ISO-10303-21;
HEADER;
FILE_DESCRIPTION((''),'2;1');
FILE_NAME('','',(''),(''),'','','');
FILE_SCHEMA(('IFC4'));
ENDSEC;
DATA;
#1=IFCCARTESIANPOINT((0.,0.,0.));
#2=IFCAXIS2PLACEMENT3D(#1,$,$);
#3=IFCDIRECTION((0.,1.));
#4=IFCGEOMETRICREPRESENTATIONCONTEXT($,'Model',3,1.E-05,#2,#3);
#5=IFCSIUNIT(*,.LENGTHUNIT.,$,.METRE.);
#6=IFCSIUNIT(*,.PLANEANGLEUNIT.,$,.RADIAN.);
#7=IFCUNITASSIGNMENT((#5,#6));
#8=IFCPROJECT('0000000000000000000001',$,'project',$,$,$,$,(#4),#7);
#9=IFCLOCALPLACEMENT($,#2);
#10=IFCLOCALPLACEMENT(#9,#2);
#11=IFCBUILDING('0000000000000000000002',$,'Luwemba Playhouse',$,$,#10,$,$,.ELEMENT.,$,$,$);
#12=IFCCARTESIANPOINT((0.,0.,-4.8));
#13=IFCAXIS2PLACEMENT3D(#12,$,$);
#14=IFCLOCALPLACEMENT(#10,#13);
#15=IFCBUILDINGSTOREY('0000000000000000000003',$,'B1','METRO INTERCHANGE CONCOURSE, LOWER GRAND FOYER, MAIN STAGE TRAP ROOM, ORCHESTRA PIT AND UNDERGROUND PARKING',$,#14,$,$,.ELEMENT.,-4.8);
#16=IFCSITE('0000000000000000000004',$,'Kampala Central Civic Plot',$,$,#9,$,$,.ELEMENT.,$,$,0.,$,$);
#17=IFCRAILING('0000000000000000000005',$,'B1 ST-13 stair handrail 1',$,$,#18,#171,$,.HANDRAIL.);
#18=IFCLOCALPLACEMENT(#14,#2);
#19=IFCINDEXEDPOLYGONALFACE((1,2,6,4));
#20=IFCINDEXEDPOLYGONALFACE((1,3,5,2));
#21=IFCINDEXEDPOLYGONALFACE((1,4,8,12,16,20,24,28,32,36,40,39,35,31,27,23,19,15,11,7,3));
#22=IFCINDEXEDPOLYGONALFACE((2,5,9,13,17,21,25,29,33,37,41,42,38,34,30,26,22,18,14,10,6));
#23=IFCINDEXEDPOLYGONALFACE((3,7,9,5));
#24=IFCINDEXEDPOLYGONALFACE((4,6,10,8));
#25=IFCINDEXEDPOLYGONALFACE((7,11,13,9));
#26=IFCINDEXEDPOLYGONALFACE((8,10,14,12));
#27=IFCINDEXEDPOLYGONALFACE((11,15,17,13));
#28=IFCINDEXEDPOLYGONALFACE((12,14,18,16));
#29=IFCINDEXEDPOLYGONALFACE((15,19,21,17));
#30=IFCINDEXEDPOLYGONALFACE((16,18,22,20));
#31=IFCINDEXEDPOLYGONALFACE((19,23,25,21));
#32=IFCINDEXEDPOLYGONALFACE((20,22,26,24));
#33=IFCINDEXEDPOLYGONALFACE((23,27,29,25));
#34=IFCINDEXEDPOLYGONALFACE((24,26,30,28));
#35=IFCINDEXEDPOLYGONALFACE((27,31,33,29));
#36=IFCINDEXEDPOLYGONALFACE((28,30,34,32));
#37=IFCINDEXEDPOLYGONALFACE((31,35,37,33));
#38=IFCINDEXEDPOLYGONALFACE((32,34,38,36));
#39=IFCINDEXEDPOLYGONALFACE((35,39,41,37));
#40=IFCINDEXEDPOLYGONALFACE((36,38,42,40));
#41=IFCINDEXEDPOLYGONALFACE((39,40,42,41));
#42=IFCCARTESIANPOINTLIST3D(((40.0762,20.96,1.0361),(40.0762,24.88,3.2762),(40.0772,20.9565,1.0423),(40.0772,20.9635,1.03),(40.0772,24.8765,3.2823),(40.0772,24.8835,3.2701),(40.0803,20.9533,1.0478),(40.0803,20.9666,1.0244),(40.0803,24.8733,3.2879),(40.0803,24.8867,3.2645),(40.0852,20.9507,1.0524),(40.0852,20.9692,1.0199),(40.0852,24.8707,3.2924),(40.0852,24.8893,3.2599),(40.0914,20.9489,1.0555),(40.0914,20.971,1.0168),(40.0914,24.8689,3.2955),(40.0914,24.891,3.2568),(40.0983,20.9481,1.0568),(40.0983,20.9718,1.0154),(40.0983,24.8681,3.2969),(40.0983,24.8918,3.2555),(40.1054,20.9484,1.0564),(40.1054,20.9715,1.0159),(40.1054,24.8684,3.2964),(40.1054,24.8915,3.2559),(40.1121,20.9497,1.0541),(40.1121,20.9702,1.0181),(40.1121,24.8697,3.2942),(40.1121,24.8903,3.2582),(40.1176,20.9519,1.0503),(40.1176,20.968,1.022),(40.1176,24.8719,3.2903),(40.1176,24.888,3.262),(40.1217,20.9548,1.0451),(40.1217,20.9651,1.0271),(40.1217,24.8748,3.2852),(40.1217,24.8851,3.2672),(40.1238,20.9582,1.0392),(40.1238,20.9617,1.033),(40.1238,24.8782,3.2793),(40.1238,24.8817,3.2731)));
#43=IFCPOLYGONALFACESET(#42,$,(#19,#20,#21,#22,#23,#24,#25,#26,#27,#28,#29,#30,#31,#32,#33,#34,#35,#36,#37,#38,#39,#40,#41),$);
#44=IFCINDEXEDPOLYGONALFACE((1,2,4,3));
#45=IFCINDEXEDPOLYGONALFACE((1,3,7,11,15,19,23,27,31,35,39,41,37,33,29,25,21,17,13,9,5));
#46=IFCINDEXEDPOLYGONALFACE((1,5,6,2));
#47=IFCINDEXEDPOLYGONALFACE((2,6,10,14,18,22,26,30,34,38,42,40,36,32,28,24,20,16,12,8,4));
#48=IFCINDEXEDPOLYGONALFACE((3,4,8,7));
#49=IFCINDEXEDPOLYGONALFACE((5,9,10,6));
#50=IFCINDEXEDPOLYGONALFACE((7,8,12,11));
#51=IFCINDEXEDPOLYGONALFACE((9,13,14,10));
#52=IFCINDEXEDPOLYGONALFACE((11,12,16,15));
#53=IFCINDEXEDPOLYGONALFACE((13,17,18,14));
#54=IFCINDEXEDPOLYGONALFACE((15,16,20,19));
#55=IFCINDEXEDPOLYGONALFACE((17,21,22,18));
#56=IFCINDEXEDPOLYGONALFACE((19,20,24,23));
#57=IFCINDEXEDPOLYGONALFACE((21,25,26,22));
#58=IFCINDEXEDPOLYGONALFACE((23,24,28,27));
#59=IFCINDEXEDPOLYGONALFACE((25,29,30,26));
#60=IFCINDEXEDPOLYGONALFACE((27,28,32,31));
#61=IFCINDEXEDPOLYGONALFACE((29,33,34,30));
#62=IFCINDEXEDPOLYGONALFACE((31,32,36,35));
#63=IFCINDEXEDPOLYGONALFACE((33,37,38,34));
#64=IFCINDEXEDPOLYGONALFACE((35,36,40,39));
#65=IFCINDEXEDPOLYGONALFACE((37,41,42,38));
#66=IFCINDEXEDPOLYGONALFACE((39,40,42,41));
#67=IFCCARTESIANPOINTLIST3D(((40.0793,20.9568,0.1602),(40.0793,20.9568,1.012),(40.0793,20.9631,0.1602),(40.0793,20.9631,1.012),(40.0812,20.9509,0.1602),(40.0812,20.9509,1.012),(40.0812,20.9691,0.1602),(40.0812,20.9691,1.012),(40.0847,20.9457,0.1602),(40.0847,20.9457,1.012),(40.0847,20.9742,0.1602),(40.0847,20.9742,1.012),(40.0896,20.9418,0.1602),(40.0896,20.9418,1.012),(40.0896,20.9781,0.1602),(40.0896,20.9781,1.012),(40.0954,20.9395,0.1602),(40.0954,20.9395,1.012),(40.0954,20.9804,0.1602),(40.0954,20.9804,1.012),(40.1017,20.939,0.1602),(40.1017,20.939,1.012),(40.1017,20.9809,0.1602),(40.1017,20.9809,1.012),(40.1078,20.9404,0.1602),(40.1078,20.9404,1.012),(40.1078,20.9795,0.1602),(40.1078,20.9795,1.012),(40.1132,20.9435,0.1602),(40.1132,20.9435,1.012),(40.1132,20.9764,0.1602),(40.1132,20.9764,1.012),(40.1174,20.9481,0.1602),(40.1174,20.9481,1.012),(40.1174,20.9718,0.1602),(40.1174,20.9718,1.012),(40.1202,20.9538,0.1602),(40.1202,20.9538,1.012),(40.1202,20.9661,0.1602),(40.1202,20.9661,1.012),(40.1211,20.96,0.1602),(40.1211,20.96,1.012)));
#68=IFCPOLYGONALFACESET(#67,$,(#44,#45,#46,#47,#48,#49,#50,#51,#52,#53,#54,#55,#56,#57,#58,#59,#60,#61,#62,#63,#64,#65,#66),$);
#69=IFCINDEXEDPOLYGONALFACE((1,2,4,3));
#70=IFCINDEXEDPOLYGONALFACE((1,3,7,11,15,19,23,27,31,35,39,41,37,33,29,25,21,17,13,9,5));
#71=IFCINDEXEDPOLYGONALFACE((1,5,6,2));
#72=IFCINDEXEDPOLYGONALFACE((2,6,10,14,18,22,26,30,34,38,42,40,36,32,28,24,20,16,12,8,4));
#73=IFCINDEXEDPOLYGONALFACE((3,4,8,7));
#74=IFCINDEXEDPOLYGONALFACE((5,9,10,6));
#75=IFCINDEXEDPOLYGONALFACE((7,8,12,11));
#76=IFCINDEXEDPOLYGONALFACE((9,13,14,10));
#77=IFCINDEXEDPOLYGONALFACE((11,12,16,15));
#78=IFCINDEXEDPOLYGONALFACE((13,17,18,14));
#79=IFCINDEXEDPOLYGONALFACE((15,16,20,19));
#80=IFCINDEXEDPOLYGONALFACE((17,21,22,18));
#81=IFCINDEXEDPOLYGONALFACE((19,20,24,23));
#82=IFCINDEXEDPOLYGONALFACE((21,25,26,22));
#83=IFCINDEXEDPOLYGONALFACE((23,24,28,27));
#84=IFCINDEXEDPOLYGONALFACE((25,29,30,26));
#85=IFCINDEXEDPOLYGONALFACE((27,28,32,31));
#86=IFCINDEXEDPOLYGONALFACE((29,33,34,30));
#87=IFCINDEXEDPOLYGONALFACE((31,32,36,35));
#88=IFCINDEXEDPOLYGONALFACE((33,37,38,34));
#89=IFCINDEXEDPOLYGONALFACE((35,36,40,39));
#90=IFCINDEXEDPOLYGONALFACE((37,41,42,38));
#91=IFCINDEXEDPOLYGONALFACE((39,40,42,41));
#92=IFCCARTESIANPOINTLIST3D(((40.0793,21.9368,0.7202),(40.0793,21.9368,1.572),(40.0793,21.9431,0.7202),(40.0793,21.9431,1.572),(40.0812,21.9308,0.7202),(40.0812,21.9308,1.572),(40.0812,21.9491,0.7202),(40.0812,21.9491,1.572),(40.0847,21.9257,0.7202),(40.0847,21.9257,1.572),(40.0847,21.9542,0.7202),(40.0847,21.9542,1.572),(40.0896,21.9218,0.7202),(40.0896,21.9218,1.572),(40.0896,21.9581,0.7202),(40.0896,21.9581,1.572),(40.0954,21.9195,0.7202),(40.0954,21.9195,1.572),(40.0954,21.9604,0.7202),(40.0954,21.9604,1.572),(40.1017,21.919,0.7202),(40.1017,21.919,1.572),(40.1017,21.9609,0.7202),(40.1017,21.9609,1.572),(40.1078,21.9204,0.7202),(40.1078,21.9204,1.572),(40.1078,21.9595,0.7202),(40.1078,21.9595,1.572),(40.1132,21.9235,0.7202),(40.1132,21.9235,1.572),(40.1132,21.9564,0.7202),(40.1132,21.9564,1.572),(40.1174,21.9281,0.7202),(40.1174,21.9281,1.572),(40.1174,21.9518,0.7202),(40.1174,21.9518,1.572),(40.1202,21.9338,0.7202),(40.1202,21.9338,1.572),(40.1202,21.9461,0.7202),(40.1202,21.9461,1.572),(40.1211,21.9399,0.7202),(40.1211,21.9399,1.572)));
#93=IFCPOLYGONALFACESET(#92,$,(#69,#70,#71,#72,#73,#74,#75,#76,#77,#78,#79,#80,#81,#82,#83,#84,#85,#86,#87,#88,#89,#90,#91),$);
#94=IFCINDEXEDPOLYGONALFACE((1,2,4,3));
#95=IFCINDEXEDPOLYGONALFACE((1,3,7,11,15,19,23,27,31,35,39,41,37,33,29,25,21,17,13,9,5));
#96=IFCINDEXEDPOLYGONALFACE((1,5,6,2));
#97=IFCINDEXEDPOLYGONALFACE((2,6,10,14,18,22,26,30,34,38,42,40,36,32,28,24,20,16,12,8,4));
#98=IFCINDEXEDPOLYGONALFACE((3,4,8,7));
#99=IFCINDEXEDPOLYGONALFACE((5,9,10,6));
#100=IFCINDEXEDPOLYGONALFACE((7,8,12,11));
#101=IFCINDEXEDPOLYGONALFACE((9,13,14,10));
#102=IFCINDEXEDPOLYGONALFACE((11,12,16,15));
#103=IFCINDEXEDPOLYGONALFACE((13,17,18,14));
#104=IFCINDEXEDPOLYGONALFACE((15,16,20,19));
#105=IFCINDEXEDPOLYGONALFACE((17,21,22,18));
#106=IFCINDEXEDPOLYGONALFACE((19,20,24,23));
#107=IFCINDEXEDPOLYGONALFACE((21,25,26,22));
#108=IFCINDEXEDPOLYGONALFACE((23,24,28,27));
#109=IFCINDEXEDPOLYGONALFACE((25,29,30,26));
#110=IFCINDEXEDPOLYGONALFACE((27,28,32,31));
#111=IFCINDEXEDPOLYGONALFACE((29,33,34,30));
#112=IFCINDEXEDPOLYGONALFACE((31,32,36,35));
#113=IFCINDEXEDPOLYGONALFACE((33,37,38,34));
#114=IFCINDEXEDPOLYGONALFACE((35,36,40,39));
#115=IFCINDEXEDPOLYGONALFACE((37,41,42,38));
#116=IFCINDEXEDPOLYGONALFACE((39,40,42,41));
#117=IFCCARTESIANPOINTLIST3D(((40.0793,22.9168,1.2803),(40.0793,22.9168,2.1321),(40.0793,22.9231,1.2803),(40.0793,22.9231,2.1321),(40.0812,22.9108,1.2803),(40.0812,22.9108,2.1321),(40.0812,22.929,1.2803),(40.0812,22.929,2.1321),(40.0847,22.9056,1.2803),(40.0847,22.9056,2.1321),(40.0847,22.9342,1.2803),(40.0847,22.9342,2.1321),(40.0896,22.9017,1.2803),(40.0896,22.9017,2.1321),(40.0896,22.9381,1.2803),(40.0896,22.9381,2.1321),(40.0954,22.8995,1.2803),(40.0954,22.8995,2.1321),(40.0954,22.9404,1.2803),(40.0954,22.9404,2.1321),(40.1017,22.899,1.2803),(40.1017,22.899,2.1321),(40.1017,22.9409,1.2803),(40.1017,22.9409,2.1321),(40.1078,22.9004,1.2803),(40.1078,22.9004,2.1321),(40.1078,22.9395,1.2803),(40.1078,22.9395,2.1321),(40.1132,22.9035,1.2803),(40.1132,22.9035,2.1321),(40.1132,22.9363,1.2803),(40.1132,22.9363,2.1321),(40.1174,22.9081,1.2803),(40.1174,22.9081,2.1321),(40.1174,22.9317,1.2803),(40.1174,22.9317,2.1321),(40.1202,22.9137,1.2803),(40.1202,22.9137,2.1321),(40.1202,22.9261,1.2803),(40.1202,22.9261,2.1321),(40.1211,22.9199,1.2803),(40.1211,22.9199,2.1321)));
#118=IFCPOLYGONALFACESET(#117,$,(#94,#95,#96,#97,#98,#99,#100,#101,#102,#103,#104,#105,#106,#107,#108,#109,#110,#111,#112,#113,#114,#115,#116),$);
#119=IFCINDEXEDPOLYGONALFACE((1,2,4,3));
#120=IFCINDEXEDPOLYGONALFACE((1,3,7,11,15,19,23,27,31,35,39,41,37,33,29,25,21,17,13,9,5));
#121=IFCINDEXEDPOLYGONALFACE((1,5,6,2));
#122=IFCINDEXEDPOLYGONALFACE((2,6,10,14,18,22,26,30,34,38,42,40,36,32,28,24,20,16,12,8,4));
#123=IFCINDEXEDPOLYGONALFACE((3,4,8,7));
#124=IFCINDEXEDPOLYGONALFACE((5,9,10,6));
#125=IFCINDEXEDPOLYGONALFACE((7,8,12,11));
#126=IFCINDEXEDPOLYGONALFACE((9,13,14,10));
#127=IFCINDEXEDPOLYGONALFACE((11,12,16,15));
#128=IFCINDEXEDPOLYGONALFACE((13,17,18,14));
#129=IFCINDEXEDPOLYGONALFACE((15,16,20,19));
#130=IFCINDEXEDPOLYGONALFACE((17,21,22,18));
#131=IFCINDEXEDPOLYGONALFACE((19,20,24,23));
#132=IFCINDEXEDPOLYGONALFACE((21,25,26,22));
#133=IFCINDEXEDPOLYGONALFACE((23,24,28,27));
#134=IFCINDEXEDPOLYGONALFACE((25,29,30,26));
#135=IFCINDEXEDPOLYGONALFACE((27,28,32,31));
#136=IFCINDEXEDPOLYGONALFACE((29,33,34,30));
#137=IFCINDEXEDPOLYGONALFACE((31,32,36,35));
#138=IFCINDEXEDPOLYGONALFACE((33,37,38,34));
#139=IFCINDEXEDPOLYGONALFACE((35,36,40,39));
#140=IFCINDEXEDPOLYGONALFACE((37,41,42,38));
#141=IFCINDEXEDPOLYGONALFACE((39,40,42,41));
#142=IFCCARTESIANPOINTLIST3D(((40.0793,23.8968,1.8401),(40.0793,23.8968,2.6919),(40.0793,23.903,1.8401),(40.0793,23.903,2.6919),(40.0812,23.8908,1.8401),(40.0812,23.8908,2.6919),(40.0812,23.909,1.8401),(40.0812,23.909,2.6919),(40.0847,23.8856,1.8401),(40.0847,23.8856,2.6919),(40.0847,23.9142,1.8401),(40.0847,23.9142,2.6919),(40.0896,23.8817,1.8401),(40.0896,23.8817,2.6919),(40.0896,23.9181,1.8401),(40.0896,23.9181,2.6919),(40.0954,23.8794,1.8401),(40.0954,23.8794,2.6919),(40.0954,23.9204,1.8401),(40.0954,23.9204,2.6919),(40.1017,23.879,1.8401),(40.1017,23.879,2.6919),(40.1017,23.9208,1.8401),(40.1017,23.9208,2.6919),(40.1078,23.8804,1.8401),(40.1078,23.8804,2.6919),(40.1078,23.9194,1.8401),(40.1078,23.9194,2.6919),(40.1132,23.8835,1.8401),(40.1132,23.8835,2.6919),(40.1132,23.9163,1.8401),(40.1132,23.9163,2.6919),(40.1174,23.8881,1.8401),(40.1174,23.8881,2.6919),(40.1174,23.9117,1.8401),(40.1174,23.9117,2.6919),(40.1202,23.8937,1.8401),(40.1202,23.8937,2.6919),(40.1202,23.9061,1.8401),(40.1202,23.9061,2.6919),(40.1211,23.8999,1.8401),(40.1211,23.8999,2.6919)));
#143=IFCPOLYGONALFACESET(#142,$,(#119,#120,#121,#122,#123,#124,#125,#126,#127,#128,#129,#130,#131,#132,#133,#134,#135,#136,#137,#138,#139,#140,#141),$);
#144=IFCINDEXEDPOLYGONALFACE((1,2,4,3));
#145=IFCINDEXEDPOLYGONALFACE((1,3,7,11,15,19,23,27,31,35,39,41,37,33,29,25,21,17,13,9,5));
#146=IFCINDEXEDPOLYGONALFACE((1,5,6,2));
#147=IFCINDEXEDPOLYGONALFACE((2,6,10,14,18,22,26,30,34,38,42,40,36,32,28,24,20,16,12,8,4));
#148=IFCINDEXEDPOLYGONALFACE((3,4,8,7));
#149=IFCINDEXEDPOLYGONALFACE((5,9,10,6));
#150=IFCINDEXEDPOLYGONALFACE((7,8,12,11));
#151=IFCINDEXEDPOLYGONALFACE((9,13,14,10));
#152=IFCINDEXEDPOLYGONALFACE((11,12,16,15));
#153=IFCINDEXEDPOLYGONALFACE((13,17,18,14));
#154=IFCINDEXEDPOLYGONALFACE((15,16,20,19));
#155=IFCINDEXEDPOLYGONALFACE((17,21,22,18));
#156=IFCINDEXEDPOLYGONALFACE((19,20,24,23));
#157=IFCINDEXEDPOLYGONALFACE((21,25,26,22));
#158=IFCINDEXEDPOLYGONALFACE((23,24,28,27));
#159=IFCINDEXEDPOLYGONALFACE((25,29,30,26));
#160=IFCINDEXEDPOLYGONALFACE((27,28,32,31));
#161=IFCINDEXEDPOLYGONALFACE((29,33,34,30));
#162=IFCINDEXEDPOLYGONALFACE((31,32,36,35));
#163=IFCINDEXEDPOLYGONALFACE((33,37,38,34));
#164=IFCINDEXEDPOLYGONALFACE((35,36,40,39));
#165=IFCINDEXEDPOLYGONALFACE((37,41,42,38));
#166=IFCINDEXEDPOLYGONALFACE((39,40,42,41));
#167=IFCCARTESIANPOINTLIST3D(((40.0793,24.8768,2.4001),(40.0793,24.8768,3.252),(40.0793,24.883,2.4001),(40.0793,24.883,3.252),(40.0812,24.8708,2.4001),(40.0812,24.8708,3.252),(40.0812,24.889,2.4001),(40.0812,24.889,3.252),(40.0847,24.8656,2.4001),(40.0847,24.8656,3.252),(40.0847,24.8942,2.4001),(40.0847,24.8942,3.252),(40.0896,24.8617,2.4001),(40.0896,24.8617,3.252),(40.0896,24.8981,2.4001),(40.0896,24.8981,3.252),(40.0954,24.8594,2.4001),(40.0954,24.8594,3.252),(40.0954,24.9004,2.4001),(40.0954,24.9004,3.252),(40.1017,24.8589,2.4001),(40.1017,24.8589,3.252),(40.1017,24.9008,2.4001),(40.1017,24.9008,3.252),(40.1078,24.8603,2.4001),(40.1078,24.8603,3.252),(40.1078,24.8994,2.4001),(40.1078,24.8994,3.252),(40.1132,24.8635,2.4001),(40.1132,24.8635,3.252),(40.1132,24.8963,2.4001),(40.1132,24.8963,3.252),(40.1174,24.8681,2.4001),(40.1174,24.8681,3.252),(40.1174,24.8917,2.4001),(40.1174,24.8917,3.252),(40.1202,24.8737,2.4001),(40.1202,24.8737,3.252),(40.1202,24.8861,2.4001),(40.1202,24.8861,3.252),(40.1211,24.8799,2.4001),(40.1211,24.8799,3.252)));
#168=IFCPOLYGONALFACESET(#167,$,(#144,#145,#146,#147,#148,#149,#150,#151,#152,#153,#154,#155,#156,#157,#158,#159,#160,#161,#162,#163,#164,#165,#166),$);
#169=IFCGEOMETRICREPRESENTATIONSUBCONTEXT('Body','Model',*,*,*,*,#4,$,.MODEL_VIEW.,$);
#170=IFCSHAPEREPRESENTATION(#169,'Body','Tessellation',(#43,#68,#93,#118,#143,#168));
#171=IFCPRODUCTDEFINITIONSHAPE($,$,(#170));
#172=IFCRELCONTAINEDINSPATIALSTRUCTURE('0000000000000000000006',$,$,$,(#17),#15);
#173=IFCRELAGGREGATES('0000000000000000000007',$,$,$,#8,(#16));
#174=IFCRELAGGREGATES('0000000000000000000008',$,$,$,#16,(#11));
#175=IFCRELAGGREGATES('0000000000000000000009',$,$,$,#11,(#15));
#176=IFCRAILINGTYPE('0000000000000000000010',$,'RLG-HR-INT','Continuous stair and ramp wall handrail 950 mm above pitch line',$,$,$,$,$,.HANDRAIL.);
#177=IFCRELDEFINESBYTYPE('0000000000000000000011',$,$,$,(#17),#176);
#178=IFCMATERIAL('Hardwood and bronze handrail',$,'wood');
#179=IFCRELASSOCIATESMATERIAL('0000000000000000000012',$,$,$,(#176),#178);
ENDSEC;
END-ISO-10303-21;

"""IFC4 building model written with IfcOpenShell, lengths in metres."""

from ifc_helpers import new_model, si_unit, direction, frame, origin, origin_2d, place, context, subcontext, project, spatial, circle, extrude, material, type_object, element, save


model = new_model("IFC4")

# Units and contexts
model_context = context("Model", 3, precision=1e-05, world=origin(), true_north=direction((0.0, 1.0)))
body_context = subcontext(model_context, "Body", "Model", "MODEL_VIEW")
ifc_project = project(units=[si_unit("LENGTHUNIT", "METRE"), si_unit("PLANEANGLEUNIT", "RADIAN")], contexts=[model_context])

# Site, building, storey
site_placement = place(None, origin())
site = spatial("IfcSite", under=ifc_project, at=site_placement, Name="Kampala Central Civic Plot", CompositionType="ELEMENT", RefElevation=0.0)
building_placement = place(site_placement, origin())
building = spatial("IfcBuilding", under=site, at=building_placement, Name="Luwemba Playhouse", CompositionType="ELEMENT")
storey_placement = place(building_placement, frame((0.0, 0.0, -4.8)))
storey = spatial("IfcBuildingStorey", under=building, at=storey_placement, Name="B1", Description="METRO INTERCHANGE CONCOURSE, LOWER GRAND FOYER, MAIN STAGE TRAP ROOM, ORCHESTRA PIT AND UNDERGROUND PARKING", CompositionType="ELEMENT", Elevation=-4.8)

# Railing
ifc_material_1 = material(Name="Hardwood and bronze handrail", Category="wood")
railing_type = type_object("IfcRailingType", Name="RLG-HR-INT", Description="Continuous stair and ramp wall handrail 950 mm above pitch line", PredefinedType="HANDRAIL", material=ifc_material_1)
railing_placement = place(storey_placement, frame((40.1001, 20.96, 0.1602)))
element("IfcRailing", 1, at=railing_placement, inside=storey, type_object=railing_type, Name="B1 ST-13 stair handrail 1", PredefinedType="HANDRAIL", context=body_context, shape_type="SweptSolid", body=[
    extrude(circle(Radius=0.0239, at=origin_2d()), frame((0.0, 0.0, 0.876), z_axis=(0.0, 0.86824, 0.496145), x_axis=(-1.0, 0.0, 0.0)), (0.0, 0.0, 1.0), 4.5149),
    extrude(circle(Radius=0.021, at=origin_2d()), origin(), (0.0, 0.0, 1.0), 0.8518),
    extrude(circle(Radius=0.021, at=origin_2d()), frame((0.0, 0.98, 0.5601)), (0.0, 0.0, 1.0), 0.8518),
    extrude(circle(Radius=0.021, at=origin_2d()), frame((0.0, 1.96, 1.1201)), (0.0, 0.0, 1.0), 0.8518),
    extrude(circle(Radius=0.021, at=origin_2d()), frame((0.0, 2.9399, 1.6799)), (0.0, 0.0, 1.0), 0.8518),
    extrude(circle(Radius=0.021, at=origin_2d()), frame((0.0, 3.9199, 2.24)), (0.0, 0.0, 1.0), 0.8518),
])

save(model, "model.ifc")
